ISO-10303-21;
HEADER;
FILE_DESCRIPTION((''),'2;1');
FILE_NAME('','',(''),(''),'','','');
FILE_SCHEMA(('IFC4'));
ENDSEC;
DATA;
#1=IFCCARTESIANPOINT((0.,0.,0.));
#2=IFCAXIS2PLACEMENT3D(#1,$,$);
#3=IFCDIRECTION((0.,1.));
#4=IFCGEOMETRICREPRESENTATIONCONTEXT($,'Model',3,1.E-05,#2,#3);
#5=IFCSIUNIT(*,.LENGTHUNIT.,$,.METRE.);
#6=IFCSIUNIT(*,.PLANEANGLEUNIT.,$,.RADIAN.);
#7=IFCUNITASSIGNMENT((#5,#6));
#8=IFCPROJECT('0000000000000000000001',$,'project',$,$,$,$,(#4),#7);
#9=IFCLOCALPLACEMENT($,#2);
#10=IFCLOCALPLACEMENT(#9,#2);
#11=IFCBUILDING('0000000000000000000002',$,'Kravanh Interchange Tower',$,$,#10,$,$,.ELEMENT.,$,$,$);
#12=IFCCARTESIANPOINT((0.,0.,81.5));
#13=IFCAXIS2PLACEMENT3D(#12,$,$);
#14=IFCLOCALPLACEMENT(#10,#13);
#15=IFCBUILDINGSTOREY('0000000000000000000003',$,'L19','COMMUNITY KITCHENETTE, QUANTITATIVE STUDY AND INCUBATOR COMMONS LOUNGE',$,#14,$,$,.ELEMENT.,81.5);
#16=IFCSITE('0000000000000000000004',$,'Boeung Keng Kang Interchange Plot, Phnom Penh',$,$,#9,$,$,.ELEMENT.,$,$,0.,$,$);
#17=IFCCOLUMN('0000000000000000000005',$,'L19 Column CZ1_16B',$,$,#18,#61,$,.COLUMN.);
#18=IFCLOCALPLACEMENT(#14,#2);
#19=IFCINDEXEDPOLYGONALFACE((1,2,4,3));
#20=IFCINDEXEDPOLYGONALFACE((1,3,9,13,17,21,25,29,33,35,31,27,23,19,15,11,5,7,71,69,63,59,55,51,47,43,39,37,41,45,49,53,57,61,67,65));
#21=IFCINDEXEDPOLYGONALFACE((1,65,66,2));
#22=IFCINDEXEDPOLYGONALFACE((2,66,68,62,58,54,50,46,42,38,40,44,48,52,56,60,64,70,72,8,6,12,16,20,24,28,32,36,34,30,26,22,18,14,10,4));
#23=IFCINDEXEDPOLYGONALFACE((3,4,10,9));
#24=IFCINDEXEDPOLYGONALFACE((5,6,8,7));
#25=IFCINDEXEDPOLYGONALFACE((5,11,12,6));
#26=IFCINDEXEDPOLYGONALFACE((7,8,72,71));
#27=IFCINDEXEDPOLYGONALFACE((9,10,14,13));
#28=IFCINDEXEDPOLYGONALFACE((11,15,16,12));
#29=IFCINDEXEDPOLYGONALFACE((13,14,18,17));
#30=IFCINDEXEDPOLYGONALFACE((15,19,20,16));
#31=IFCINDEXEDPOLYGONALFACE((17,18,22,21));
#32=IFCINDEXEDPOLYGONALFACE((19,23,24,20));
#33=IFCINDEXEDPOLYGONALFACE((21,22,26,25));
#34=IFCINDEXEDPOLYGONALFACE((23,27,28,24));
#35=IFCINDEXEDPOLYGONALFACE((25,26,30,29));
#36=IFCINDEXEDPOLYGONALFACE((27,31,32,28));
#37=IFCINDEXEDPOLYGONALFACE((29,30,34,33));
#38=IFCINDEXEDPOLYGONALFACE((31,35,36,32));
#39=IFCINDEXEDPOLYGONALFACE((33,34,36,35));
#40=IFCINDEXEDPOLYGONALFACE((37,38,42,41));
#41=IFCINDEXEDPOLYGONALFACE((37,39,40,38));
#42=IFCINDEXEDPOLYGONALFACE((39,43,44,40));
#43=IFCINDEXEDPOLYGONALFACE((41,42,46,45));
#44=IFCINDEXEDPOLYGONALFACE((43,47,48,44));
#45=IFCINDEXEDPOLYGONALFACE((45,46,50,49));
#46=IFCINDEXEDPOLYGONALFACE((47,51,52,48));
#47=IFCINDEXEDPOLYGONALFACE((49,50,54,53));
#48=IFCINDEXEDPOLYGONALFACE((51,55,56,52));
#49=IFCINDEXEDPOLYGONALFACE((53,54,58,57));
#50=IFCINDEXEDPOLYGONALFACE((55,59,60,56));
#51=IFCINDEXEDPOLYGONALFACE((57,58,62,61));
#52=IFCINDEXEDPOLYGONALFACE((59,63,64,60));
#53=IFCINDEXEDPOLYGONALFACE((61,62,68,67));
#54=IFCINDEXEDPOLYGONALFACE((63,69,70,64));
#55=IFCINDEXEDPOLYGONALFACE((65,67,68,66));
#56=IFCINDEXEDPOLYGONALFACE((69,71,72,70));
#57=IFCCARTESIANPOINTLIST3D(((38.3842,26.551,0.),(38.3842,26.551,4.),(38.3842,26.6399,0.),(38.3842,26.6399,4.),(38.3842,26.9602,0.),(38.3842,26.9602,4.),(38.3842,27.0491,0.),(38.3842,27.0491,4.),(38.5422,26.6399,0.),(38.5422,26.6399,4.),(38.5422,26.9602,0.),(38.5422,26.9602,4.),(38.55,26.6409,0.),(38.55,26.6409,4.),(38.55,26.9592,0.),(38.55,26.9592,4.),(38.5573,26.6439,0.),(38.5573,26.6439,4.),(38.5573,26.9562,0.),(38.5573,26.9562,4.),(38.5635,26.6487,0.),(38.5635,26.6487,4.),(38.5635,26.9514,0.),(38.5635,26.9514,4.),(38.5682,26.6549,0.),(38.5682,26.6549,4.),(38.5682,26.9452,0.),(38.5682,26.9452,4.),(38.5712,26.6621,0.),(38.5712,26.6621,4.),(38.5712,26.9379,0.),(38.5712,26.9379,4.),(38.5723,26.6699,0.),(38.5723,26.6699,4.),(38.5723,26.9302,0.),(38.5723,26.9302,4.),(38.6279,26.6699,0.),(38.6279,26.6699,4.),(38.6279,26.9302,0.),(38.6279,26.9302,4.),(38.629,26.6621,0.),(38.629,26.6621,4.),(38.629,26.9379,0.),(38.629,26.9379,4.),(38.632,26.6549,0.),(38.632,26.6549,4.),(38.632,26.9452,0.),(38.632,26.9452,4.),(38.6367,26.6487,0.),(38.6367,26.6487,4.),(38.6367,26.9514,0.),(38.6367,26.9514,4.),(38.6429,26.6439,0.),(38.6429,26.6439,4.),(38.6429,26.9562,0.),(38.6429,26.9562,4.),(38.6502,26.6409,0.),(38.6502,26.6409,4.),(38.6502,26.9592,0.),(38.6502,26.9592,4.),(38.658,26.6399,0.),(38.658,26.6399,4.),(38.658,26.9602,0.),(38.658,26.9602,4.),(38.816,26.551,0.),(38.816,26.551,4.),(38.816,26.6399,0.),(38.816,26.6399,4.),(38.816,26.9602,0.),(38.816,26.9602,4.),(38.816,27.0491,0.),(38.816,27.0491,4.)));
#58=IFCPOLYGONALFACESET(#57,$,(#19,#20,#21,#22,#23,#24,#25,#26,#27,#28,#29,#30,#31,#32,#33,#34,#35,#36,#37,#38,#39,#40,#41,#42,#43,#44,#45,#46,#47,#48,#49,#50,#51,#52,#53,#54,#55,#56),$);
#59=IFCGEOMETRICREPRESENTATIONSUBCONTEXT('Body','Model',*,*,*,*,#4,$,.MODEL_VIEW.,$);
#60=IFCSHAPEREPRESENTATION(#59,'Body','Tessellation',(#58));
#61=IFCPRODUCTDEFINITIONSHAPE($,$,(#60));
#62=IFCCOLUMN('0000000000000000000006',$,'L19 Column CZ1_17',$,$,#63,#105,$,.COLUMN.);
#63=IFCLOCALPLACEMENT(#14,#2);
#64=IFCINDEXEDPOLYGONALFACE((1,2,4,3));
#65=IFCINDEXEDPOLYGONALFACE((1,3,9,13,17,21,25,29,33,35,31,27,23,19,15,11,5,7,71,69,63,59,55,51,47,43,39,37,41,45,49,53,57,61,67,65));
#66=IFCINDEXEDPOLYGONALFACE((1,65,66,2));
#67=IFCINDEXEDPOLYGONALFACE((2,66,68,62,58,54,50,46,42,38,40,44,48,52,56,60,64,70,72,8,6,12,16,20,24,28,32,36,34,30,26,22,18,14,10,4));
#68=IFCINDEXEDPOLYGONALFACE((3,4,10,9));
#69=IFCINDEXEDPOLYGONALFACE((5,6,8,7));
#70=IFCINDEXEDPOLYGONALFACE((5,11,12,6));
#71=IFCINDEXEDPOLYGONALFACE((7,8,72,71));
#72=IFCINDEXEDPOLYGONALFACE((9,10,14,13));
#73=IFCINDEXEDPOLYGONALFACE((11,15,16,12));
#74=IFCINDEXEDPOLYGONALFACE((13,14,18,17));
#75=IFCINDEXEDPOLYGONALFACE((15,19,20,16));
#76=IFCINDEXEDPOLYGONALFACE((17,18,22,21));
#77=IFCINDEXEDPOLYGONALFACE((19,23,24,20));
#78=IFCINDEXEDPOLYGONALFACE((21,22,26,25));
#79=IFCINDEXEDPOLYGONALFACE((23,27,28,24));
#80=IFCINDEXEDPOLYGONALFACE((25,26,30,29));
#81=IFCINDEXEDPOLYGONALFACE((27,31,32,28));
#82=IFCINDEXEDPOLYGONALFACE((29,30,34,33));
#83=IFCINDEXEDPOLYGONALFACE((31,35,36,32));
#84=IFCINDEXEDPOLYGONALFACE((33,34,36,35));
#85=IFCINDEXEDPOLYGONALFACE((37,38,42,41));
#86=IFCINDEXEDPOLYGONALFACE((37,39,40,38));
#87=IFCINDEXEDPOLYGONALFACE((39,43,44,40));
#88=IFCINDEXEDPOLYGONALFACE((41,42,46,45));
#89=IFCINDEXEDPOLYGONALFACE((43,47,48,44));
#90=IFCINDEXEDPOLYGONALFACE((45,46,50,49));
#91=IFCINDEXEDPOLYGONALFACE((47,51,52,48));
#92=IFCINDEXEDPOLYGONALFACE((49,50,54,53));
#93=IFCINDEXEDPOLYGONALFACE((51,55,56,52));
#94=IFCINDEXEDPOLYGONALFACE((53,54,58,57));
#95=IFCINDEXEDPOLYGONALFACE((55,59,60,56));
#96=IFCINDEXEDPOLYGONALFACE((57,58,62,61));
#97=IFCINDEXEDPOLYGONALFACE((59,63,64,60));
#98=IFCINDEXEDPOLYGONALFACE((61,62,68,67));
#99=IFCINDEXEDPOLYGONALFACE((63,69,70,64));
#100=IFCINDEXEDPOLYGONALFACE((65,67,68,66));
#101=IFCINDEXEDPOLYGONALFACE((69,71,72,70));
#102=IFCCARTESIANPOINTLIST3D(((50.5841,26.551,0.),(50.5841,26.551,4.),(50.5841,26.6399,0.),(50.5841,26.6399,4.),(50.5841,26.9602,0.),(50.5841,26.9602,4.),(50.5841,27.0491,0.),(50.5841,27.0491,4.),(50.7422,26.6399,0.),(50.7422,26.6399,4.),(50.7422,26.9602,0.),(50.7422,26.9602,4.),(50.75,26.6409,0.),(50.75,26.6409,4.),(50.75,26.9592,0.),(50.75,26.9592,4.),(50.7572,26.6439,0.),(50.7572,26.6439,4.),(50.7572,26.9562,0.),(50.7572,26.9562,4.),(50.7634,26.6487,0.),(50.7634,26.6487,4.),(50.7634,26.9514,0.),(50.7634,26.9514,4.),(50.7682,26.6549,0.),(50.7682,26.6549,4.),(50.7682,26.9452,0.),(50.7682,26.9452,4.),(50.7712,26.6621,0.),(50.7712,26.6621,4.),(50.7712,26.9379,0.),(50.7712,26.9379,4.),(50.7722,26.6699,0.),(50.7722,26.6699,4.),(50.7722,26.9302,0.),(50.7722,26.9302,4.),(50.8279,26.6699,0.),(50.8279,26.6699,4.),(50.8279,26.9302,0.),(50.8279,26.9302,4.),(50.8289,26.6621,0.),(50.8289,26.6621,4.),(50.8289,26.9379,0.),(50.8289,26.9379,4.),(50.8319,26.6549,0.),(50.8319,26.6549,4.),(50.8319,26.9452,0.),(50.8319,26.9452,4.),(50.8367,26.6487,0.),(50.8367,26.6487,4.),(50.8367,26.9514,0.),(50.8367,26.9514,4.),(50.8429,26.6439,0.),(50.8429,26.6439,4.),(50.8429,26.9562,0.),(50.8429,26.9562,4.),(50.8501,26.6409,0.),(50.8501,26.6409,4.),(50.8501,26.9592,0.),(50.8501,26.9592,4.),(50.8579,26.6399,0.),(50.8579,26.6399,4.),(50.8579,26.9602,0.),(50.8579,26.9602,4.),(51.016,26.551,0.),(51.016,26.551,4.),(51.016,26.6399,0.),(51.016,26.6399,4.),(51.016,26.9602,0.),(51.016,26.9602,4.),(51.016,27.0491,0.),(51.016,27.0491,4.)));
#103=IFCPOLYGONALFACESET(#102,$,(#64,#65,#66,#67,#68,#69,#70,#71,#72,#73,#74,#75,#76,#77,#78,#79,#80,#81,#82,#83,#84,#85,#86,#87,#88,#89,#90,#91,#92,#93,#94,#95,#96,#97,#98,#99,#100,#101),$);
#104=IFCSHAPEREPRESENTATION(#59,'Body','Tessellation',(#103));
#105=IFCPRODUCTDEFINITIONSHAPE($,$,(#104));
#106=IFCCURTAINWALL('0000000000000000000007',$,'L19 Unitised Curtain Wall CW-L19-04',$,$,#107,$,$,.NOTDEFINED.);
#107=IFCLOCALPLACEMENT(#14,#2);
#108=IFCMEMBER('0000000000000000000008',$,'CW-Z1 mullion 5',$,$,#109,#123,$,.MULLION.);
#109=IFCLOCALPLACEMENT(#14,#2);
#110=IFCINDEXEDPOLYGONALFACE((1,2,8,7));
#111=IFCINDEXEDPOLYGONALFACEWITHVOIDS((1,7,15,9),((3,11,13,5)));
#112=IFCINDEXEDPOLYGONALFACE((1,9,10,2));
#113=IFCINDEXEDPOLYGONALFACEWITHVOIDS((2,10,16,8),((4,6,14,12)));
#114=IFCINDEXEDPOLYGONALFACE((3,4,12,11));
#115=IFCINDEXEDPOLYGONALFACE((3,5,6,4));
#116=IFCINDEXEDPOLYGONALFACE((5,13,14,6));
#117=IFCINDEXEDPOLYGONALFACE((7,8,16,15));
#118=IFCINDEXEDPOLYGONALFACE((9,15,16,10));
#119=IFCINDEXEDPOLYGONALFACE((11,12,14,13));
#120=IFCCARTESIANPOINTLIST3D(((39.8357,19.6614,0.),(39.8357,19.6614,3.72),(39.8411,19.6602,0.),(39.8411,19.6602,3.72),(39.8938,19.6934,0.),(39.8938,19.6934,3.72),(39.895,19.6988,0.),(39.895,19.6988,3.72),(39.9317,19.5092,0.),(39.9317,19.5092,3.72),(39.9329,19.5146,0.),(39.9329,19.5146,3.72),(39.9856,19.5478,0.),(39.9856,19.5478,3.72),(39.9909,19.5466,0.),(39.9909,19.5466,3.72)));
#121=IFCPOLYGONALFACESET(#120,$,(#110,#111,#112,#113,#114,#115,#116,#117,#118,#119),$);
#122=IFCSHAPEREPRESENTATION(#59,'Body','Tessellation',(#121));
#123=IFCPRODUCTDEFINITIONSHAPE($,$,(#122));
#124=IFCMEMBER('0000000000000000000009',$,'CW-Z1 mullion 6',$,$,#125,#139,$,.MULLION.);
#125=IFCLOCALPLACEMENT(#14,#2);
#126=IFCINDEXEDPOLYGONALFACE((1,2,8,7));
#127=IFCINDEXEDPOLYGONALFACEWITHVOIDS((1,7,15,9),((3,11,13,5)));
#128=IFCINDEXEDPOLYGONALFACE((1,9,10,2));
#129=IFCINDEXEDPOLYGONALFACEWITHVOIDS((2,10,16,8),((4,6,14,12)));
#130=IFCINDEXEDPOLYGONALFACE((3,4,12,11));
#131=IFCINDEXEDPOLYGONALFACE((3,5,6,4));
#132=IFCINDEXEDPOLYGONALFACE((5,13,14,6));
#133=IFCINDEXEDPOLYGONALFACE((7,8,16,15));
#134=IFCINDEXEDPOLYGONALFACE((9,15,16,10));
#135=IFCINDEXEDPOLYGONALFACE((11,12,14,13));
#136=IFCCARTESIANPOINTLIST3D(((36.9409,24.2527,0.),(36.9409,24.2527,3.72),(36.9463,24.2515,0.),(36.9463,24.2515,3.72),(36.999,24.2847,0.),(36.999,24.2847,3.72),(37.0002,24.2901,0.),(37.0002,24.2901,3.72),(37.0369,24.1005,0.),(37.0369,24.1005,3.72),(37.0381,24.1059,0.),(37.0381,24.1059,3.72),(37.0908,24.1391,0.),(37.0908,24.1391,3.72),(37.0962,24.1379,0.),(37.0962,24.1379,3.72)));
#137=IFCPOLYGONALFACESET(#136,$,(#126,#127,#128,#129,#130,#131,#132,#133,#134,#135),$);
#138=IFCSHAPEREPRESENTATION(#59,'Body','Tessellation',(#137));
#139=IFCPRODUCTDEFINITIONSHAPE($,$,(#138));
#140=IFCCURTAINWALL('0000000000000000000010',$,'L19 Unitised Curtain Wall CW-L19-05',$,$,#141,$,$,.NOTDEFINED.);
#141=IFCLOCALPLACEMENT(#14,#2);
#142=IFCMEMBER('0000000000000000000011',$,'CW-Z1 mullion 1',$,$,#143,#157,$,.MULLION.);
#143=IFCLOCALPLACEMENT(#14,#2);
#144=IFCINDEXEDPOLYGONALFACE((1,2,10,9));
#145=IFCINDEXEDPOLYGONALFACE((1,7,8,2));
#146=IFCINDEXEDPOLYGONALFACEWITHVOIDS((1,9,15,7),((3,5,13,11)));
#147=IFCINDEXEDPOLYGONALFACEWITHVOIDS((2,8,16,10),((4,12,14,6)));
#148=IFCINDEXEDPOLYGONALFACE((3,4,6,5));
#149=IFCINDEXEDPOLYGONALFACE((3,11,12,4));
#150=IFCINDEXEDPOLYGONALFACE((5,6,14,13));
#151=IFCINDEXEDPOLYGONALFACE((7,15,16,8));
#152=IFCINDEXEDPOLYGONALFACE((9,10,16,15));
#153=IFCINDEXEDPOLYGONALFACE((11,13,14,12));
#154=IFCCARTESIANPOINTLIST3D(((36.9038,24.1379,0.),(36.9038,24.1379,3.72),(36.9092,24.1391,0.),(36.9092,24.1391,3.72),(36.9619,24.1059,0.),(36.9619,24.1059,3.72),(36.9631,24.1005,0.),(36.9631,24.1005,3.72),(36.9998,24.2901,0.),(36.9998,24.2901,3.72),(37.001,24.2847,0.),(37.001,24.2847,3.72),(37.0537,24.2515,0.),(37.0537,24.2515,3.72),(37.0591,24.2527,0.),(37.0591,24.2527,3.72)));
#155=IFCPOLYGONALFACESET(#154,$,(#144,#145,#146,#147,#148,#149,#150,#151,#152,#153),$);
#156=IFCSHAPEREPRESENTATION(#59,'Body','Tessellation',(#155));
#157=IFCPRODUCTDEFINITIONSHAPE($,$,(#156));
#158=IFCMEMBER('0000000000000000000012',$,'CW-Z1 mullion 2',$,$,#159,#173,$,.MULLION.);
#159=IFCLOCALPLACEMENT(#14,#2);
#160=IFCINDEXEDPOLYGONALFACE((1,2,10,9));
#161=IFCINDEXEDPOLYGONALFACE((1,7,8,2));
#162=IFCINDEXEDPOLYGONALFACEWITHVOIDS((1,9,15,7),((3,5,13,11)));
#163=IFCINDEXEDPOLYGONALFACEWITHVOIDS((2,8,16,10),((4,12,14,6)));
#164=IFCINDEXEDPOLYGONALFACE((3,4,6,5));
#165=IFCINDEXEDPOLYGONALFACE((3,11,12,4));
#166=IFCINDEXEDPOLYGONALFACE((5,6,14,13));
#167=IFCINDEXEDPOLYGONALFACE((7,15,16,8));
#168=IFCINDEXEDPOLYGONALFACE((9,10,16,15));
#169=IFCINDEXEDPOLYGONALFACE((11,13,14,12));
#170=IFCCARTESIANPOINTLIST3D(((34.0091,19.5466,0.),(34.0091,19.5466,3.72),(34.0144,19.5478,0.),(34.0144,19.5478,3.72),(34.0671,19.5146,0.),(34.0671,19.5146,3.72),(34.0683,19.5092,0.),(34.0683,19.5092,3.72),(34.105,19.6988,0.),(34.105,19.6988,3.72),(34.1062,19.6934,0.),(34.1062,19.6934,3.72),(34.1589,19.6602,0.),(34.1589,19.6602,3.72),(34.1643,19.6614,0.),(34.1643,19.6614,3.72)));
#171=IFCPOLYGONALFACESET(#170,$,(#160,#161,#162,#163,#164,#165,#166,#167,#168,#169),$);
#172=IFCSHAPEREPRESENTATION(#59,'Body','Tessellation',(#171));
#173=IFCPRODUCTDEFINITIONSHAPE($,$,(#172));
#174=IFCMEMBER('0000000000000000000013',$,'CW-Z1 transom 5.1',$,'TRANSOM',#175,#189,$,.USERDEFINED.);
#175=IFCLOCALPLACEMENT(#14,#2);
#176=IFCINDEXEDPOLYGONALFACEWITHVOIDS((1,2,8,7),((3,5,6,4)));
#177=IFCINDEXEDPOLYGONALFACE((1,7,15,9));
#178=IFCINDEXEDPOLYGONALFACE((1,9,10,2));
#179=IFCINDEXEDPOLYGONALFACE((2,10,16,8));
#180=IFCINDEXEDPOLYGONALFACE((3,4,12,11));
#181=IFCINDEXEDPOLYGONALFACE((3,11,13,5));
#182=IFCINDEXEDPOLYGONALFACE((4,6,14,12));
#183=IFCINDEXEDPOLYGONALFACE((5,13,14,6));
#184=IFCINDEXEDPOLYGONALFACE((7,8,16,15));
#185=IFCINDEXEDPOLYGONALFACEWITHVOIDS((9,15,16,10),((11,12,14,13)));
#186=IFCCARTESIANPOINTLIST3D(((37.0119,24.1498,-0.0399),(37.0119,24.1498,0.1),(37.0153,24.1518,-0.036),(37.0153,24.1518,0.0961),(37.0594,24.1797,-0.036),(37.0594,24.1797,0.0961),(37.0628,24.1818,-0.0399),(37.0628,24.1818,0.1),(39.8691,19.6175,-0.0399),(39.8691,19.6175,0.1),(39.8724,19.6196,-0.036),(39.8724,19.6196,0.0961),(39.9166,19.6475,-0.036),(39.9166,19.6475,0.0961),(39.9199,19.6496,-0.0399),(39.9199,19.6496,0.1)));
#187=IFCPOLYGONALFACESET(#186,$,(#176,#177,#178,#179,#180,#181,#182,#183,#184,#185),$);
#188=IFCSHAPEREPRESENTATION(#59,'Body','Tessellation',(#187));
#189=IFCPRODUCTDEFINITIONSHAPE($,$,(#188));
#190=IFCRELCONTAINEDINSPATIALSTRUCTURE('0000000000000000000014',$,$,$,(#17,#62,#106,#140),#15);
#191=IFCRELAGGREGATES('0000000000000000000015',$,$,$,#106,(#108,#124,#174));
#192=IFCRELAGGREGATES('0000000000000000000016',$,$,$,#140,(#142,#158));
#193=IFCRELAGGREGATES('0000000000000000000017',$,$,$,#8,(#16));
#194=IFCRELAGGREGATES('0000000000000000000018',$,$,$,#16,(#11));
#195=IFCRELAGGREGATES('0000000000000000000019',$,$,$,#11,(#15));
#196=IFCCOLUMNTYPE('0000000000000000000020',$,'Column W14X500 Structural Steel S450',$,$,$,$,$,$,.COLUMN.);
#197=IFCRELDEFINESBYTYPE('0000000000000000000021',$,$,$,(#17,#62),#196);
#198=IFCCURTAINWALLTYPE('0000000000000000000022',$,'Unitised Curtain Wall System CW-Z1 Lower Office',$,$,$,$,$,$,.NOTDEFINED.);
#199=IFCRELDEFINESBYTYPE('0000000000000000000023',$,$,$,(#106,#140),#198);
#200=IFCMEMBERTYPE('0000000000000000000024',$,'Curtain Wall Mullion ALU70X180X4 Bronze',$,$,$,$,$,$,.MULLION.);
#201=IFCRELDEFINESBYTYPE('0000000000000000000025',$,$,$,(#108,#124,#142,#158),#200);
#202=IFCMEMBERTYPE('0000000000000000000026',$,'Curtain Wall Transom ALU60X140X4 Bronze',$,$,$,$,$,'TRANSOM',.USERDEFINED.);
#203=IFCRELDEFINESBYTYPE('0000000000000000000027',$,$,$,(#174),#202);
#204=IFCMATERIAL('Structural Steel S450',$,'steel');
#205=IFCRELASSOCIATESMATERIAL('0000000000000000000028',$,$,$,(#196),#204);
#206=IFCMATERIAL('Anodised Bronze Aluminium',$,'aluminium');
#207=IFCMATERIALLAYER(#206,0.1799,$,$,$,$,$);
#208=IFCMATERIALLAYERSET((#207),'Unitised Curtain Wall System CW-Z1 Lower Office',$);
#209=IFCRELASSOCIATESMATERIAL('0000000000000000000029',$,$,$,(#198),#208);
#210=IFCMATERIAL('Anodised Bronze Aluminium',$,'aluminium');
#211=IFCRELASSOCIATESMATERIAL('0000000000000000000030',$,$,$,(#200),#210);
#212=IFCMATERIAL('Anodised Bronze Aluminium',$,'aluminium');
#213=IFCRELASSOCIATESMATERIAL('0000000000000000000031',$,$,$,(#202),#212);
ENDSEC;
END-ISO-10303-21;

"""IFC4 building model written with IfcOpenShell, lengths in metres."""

from ifc_helpers import new_model, si_unit, direction, frame, origin, origin_2d, place, context, subcontext, project, spatial, hollow_rectangle, i_section, extrude, material, layer, layer_set, material_profile, profile_set, type_object, element, aggregate, save


model = new_model("IFC4")

# Units and contexts
model_context = context("Model", 3, precision=1e-05, world=origin(), true_north=direction((0.0, 1.0)))
body_context = subcontext(model_context, "Body", "Model", "MODEL_VIEW")
ifc_project = project(units=[si_unit("LENGTHUNIT", "METRE"), si_unit("PLANEANGLEUNIT", "RADIAN")], contexts=[model_context])

# Site, building, storey
site_placement = place(None, origin())
site = spatial("IfcSite", under=ifc_project, at=site_placement, Name="Boeung Keng Kang Interchange Plot, Phnom Penh", CompositionType="ELEMENT", RefElevation=0.0)
building_placement = place(site_placement, origin())
building = spatial("IfcBuilding", under=site, at=building_placement, Name="Kravanh Interchange Tower", CompositionType="ELEMENT")
storey_placement = place(building_placement, frame((0.0, 0.0, 81.5)))
storey = spatial("IfcBuildingStorey", under=building, at=storey_placement, Name="L19", Description="COMMUNITY KITCHENETTE, QUANTITATIVE STUDY AND INCUBATOR COMMONS LOUNGE", CompositionType="ELEMENT", Elevation=81.5)

# Columns
ifc_material_1 = material(Name="Structural Steel S450", Category="steel")
ifc_material_profile_1 = material_profile(ifc_material_1, i_section(OverallWidth=0.4319, OverallDepth=0.498, WebThickness=0.0557, FlangeThickness=0.0889, FilletRadius=0.03, at=origin_2d()), Name="W14X500")
ifc_profile_set_1 = profile_set([ifc_material_profile_1], Name="Structural Steel S450")
column_type = type_object("IfcColumnType", Name="Column W14X500 Structural Steel S450", PredefinedType="COLUMN", material=ifc_profile_set_1)
for number, where, z_axis, x_axis, name in (
    (1, (38.6001, 26.8, 0.0), (0.0, 0.0, 1.0), (1.0, 0.0, 0.0), "L19 Column CZ1_16B"),
    (2, (50.8, 26.8, 0.0), (0.0, 0.0, 1.0), (1.0, 0.0, 0.0), "L19 Column CZ1_17"),
):
    element("IfcColumn", number, at=place(storey_placement, frame(where, z_axis=z_axis, x_axis=x_axis)), inside=storey, type_object=column_type, Name=name, PredefinedType="COLUMN", context=body_context, shape_type="SweptSolid", body=[
        extrude(i_section(OverallWidth=0.4319, OverallDepth=0.498, WebThickness=0.0557, FlangeThickness=0.0889, FilletRadius=0.03, at=origin_2d()), origin(), (0.0, 0.0, 1.0), 4.0),
    ])

# Curtain walls, members
ifc_material_2 = material(Name="Anodised Bronze Aluminium", Category="aluminium")
ifc_layer_1 = layer(ifc_material_2, 0.1799)
ifc_layer_set_1 = layer_set([ifc_layer_1], Name="Unitised Curtain Wall System CW-Z1 Lower Office")
curtain_wall_type = type_object("IfcCurtainWallType", Name="Unitised Curtain Wall System CW-Z1 Lower Office", PredefinedType="NOTDEFINED", material=ifc_layer_set_1)
curtain_wall_1_placement = place(storey_placement, origin())
curtain_wall_1 = element("IfcCurtainWall", 3, at=curtain_wall_1_placement, inside=storey, type_object=curtain_wall_type, Name="L19 Unitised Curtain Wall CW-L19-04", PredefinedType="NOTDEFINED")
ifc_material_3 = material(Name="Anodised Bronze Aluminium", Category="aluminium")
ifc_material_profile_2 = material_profile(ifc_material_3, hollow_rectangle(XDim=0.0701, YDim=0.1799, WallThickness=0.0039, at=origin_2d()), Name="ALU70X180X4")
ifc_profile_set_2 = profile_set([ifc_material_profile_2], Name="Anodised Bronze Aluminium")
member_type_1 = type_object("IfcMemberType", Name="Curtain Wall Mullion ALU70X180X4 Bronze", PredefinedType="MULLION", material=ifc_profile_set_2)
member_1_placement = place(storey_placement, frame((39.9133, 19.604, 0.0), z_axis=(0.0, 0.0, 1.0), x_axis=(-0.845926, -0.533301, 0.0)))
member_1 = element("IfcMember", 4, at=member_1_placement, type_object=member_type_1, Name="CW-Z1 mullion 5", PredefinedType="MULLION", context=body_context, shape_type="SweptSolid", body=[
    extrude(hollow_rectangle(XDim=0.0701, YDim=0.1799, WallThickness=0.0039, at=origin_2d()), origin(), (0.0, 0.0, 1.0), 3.72),
])
member_2_placement = place(storey_placement, frame((37.0186, 24.1953, 0.0), z_axis=(0.0, 0.0, 1.0), x_axis=(-0.845926, -0.533301, 0.0)))
member_2 = element("IfcMember", 5, at=member_2_placement, type_object=member_type_1, Name="CW-Z1 mullion 6", PredefinedType="MULLION", context=body_context, shape_type="SweptSolid", body=[
    extrude(hollow_rectangle(XDim=0.0701, YDim=0.1799, WallThickness=0.0039, at=origin_2d()), origin(), (0.0, 0.0, 1.0), 3.72),
])
curtain_wall_2_placement = place(storey_placement, origin())
curtain_wall_2 = element("IfcCurtainWall", 6, at=curtain_wall_2_placement, inside=storey, type_object=curtain_wall_type, Name="L19 Unitised Curtain Wall CW-L19-05", PredefinedType="NOTDEFINED")
member_3_placement = place(storey_placement, frame((36.9814, 24.1953, 0.0), z_axis=(0.0, 0.0, 1.0), x_axis=(0.845926, -0.533301, 0.0)))
member_3 = element("IfcMember", 7, at=member_3_placement, type_object=member_type_1, Name="CW-Z1 mullion 1", PredefinedType="MULLION", context=body_context, shape_type="SweptSolid", body=[
    extrude(hollow_rectangle(XDim=0.0701, YDim=0.1799, WallThickness=0.0039, at=origin_2d()), origin(), (0.0, 0.0, 1.0), 3.72),
])
member_4_placement = place(storey_placement, frame((34.0867, 19.604, 0.0), z_axis=(0.0, 0.0, 1.0), x_axis=(0.845926, -0.533301, 0.0)))
member_4 = element("IfcMember", 8, at=member_4_placement, type_object=member_type_1, Name="CW-Z1 mullion 2", PredefinedType="MULLION", context=body_context, shape_type="SweptSolid", body=[
    extrude(hollow_rectangle(XDim=0.0701, YDim=0.1799, WallThickness=0.0039, at=origin_2d()), origin(), (0.0, 0.0, 1.0), 3.72),
])

# Member
ifc_material_4 = material(Name="Anodised Bronze Aluminium", Category="aluminium")
ifc_material_profile_3 = material_profile(ifc_material_4, hollow_rectangle(XDim=0.0601, YDim=0.1399, WallThickness=0.0039, at=origin_2d()), Name="ALU60X140X4")
ifc_profile_set_3 = profile_set([ifc_material_profile_3], Name="Anodised Bronze Aluminium")
member_type_2 = type_object("IfcMemberType", Name="Curtain Wall Transom ALU60X140X4 Bronze", ElementType="TRANSOM", PredefinedType="USERDEFINED", material=ifc_profile_set_3)
member_5_placement = place(storey_placement, frame((39.8945, 19.6335, 0.03), z_axis=(-0.533288, 0.845934, 0.0), x_axis=(-0.845934, -0.533288, 0.0)))
member_5 = element("IfcMember", 9, at=member_5_placement, type_object=member_type_2, Name="CW-Z1 transom 5.1", ObjectType="TRANSOM", PredefinedType="USERDEFINED", context=body_context, shape_type="SweptSolid", body=[
    extrude(hollow_rectangle(XDim=0.0601, YDim=0.1399, WallThickness=0.0039, at=origin_2d()), origin(), (0.0, 0.0, 1.0), 5.3577),
])

aggregate(curtain_wall_1, [member_1, member_2, member_5])
aggregate(curtain_wall_2, [member_3, member_4])

save(model, "model.ifc")
